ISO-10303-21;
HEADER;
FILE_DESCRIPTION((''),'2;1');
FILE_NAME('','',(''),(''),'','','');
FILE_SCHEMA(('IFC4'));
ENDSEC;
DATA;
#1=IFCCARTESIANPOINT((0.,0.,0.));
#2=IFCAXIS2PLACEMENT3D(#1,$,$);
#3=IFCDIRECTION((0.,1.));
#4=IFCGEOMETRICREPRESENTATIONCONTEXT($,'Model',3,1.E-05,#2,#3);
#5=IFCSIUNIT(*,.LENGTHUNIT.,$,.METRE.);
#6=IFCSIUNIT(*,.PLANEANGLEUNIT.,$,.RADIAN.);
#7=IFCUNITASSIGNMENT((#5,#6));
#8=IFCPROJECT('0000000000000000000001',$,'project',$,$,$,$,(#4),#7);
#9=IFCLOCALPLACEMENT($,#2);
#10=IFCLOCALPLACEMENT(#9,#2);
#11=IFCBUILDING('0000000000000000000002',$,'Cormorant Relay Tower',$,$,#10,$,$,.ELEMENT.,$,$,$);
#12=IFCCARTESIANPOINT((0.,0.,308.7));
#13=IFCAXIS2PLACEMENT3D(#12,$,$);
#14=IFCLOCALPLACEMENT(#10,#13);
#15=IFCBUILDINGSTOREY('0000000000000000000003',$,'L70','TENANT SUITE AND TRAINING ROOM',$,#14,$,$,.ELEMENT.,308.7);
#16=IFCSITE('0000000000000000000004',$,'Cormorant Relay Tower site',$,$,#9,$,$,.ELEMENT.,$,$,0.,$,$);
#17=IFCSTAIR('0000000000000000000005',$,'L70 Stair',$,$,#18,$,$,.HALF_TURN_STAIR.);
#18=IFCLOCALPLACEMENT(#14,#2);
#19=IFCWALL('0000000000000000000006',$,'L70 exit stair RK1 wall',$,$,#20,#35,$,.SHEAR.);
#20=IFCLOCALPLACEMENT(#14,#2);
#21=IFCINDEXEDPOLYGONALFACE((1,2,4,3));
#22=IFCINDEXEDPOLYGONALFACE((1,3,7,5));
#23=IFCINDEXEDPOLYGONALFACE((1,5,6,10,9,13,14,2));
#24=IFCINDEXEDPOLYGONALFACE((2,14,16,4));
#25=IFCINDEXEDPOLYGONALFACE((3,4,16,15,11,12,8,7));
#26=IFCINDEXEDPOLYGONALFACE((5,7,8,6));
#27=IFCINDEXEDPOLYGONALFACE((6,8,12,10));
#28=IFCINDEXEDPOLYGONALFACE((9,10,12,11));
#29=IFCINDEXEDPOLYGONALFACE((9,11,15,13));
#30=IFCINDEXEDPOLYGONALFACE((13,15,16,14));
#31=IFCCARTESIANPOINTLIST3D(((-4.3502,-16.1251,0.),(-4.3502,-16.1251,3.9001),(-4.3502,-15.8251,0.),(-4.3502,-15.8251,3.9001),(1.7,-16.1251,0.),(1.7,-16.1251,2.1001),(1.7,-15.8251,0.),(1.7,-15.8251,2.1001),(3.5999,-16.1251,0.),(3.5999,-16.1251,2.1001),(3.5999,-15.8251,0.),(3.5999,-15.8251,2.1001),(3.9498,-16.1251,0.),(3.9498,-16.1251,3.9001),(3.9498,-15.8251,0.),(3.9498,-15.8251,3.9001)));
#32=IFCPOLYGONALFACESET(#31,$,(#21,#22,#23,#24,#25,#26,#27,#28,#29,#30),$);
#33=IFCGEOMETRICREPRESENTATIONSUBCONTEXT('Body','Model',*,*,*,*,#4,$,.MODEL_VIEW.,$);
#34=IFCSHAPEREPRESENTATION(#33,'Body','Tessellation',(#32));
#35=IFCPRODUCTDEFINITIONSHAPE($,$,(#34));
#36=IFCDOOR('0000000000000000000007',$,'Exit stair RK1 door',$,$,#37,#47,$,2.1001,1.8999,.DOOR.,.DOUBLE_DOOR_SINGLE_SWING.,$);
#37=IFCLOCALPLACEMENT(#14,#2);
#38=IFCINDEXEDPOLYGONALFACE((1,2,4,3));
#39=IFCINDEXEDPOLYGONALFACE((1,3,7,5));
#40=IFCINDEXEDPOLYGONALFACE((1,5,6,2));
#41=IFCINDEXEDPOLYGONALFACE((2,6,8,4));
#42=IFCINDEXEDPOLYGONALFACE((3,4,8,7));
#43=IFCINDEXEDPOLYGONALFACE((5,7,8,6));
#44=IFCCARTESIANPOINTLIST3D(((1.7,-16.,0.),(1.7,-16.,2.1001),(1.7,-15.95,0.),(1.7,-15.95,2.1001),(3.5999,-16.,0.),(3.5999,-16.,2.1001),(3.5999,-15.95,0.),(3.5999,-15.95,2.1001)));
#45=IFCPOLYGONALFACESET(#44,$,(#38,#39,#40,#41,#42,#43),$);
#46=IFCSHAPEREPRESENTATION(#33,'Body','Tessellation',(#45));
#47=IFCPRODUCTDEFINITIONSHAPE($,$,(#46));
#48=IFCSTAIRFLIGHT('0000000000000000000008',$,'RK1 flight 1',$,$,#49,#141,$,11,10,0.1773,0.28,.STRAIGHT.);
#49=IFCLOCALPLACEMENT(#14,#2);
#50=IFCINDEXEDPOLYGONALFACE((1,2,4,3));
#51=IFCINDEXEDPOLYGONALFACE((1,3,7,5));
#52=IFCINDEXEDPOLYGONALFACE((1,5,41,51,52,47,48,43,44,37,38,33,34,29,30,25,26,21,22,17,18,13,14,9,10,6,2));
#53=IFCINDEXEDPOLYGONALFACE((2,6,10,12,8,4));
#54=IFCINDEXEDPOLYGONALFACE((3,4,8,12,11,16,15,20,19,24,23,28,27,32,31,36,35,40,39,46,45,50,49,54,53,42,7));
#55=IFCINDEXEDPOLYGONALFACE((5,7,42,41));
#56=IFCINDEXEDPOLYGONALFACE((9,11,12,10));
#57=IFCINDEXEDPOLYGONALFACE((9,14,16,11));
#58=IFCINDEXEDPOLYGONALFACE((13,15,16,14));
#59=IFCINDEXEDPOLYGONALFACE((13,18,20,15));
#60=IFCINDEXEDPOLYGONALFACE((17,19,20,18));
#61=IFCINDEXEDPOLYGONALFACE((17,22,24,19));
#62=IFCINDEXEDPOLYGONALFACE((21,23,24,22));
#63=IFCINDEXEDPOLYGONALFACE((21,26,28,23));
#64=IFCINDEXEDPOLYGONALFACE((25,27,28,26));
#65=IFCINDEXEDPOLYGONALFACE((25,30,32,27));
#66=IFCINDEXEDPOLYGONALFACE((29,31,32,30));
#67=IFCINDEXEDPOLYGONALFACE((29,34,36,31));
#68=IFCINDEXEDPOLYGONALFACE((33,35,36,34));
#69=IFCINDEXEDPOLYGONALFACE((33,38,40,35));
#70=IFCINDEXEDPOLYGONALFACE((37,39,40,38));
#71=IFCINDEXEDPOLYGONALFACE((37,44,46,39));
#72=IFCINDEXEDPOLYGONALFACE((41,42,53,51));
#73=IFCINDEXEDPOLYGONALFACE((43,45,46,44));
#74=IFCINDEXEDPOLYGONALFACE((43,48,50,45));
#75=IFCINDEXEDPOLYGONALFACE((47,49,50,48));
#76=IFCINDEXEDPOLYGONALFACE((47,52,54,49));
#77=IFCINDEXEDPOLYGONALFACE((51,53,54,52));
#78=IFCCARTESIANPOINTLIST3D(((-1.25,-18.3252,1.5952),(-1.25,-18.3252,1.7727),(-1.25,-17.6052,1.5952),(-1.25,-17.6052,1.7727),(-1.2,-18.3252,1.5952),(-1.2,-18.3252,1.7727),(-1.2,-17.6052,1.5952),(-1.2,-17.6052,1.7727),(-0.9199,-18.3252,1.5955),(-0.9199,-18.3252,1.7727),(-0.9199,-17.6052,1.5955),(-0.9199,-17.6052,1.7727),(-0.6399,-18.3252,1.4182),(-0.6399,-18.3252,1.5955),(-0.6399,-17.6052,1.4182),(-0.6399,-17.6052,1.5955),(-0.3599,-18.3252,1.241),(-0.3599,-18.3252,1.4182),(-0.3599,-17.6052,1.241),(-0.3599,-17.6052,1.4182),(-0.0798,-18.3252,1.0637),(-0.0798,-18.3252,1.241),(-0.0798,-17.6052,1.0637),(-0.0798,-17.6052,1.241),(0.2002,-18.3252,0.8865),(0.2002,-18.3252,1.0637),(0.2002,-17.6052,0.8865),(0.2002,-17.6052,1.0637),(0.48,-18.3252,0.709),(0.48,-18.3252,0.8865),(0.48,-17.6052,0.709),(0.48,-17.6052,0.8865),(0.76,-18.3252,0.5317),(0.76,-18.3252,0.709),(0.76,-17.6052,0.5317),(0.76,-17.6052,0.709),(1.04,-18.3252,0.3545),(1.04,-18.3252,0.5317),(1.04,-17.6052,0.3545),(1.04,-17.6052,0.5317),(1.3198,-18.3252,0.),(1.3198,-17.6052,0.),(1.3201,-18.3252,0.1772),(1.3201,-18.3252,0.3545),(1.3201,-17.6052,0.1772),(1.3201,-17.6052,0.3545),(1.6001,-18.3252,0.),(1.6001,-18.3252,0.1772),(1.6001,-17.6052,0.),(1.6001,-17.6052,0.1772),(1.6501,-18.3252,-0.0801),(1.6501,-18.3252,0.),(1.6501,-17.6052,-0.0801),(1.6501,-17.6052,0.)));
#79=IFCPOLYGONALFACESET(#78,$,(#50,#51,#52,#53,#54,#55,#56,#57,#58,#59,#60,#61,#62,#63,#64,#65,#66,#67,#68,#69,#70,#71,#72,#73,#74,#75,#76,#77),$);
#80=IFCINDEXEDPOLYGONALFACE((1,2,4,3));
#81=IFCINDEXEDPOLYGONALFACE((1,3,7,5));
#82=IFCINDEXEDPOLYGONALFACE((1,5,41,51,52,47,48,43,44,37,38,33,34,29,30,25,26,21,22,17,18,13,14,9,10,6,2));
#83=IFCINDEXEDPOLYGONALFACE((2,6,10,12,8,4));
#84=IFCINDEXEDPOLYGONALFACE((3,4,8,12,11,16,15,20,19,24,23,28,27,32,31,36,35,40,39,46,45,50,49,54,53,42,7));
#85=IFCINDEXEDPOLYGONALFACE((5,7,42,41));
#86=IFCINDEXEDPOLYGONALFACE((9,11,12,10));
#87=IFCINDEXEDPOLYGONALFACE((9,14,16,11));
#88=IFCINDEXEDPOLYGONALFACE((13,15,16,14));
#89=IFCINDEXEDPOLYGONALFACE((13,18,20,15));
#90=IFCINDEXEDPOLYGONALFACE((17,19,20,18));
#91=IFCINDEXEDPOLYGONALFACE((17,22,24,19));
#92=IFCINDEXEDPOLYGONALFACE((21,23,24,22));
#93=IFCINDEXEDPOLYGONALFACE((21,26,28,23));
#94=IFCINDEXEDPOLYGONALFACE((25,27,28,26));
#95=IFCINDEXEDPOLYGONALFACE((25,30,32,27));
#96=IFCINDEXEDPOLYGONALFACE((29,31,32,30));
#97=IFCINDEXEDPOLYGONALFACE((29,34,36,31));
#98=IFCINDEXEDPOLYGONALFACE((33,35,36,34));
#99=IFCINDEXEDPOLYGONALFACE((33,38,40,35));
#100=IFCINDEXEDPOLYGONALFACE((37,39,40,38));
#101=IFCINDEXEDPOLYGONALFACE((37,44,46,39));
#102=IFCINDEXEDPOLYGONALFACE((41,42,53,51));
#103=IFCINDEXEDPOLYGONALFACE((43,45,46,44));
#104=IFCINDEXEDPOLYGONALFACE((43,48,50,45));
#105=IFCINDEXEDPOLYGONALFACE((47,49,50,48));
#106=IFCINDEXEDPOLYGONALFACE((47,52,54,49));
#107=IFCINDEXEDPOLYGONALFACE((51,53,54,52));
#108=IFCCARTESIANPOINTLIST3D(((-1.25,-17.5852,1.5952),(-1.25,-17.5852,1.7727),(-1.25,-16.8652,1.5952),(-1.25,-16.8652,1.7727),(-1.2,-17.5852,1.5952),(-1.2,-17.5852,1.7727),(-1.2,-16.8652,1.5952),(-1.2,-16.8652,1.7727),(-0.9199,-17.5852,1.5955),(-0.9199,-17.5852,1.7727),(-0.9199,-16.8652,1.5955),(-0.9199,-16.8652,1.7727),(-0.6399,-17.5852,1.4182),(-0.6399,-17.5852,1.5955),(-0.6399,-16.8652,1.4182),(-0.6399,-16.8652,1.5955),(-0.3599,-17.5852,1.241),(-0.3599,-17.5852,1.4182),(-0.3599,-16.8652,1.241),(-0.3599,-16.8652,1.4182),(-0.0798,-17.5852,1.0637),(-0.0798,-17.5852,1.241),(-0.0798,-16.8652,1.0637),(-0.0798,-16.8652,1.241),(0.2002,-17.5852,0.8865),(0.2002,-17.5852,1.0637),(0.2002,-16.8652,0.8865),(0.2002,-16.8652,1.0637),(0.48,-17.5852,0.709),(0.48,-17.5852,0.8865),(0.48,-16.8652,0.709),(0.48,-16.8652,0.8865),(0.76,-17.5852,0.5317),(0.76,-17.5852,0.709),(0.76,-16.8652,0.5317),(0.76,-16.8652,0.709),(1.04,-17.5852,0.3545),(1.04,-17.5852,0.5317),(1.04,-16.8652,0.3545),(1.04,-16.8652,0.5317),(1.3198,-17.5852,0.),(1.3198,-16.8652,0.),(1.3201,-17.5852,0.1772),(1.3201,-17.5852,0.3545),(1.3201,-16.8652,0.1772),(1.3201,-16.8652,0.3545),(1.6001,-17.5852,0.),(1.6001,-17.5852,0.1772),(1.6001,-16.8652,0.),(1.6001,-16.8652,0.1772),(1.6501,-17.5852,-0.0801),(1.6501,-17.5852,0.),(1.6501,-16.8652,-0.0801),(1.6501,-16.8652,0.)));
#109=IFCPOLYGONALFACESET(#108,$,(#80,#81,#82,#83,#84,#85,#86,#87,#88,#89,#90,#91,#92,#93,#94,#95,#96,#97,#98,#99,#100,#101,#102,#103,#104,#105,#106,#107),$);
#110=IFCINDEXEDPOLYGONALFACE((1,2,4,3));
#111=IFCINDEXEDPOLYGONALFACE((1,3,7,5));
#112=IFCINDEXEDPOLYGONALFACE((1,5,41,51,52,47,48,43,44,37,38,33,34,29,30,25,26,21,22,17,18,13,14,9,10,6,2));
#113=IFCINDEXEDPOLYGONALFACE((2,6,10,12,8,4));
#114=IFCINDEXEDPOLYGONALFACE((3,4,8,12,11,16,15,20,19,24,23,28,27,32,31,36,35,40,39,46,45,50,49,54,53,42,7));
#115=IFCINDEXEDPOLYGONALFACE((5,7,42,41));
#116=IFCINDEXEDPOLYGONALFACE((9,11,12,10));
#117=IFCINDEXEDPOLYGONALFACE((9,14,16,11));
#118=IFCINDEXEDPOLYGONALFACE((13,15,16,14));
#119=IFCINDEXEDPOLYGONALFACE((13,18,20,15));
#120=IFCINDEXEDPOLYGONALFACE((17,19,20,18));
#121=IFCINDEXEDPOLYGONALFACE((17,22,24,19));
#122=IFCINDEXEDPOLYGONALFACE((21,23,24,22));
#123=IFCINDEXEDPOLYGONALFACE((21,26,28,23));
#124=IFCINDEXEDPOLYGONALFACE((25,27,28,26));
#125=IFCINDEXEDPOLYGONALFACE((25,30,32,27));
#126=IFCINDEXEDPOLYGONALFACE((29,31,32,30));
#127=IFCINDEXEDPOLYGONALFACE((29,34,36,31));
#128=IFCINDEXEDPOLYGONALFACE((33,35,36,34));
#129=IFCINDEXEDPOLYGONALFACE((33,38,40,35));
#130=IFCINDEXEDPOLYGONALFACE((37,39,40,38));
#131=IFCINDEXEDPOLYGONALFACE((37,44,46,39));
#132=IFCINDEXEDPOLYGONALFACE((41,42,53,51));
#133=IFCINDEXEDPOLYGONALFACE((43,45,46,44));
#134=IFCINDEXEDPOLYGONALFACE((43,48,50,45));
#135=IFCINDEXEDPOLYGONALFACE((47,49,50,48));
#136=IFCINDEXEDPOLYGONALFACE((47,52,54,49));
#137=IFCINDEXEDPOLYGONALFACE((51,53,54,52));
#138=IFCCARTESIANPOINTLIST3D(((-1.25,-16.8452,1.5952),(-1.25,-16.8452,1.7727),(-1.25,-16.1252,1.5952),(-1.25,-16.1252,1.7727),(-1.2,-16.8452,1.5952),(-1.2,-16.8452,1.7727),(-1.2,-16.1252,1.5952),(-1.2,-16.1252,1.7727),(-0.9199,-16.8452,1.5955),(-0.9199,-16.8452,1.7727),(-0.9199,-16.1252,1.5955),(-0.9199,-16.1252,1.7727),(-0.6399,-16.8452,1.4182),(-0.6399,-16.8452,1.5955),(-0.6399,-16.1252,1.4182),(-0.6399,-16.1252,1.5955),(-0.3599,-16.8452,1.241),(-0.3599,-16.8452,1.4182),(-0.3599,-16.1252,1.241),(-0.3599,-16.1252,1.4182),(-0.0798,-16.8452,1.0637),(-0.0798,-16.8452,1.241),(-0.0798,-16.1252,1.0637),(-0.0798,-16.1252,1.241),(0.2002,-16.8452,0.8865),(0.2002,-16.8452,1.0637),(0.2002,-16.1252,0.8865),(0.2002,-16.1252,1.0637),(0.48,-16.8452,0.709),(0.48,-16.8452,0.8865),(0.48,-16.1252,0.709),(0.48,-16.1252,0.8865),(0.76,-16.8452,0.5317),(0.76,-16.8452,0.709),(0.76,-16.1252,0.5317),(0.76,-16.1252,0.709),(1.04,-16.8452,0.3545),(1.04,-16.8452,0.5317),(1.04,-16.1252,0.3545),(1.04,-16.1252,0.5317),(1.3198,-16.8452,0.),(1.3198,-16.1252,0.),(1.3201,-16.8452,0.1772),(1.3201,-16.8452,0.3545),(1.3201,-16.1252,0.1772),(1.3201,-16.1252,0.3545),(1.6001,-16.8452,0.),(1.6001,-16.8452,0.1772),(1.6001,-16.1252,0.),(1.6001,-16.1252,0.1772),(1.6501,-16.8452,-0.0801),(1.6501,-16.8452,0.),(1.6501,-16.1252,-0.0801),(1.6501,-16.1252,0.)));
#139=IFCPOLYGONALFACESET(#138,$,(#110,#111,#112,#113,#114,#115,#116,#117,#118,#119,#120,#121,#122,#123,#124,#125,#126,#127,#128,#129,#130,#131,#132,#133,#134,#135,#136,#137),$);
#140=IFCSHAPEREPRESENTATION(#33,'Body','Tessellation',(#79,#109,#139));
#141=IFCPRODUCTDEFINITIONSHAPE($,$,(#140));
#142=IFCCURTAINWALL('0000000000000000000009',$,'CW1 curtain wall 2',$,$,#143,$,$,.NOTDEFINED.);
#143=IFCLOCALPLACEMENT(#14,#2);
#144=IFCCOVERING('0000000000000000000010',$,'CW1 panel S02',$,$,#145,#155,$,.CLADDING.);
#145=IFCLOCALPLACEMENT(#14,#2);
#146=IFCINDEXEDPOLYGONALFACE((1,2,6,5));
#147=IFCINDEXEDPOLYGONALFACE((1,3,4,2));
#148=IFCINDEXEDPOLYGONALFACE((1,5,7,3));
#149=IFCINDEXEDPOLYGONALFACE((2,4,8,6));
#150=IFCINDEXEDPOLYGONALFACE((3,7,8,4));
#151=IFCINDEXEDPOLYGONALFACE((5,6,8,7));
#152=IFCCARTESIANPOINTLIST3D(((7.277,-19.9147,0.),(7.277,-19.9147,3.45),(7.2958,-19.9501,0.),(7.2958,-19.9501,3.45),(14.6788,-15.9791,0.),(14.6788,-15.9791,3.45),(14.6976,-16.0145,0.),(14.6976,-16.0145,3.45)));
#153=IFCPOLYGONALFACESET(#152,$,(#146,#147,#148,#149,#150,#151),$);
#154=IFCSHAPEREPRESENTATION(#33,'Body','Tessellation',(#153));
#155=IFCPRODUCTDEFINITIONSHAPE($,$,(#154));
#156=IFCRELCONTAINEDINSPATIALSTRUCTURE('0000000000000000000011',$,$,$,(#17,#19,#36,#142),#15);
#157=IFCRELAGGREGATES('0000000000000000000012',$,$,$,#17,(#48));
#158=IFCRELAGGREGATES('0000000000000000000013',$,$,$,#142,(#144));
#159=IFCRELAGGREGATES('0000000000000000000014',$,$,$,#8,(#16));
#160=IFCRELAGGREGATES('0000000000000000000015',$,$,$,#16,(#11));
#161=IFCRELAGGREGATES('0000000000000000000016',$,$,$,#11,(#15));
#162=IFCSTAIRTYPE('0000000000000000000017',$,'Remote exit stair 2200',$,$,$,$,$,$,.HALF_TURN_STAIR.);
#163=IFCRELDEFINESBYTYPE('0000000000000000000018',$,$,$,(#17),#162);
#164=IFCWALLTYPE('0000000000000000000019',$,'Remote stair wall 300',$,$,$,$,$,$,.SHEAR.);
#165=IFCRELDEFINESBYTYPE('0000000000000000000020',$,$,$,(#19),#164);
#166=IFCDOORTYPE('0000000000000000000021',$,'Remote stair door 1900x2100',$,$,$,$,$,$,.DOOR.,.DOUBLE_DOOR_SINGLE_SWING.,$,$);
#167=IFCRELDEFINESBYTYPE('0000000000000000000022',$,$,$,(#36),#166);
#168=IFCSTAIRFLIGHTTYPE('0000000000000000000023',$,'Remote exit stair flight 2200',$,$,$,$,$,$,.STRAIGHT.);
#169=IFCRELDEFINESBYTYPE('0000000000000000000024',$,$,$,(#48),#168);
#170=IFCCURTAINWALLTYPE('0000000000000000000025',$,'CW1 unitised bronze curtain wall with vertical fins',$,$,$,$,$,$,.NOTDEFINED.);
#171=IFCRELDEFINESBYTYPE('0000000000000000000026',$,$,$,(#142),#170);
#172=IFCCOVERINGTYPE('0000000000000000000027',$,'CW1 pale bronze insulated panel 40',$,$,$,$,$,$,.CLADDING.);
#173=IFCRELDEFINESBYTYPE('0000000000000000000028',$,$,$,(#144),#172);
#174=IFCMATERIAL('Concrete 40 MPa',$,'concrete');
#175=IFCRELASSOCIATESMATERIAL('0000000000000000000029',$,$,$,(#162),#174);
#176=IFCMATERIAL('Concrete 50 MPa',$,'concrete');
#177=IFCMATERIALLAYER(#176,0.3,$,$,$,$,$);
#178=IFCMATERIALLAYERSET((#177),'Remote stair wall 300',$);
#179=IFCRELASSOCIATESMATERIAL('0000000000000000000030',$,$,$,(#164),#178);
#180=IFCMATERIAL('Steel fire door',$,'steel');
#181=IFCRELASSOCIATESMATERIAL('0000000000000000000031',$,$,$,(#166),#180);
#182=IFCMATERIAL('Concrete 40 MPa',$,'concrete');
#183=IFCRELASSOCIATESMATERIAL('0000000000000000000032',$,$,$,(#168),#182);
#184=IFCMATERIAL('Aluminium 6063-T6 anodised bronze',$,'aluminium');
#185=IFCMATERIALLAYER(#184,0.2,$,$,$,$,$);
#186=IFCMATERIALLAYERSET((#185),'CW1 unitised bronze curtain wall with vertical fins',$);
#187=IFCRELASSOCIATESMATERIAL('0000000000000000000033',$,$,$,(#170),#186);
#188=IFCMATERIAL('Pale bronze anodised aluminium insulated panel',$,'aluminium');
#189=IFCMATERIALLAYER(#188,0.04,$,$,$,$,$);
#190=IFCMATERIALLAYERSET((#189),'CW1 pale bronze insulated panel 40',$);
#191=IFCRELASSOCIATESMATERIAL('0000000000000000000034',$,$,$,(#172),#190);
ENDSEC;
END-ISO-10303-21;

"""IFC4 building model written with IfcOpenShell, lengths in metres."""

from ifc_helpers import new_model, si_unit, direction, frame, frame_2d, origin, origin_2d, place, context, subcontext, project, spatial, polyline, rectangle, outline, extrude, material, layer, layer_set, type_object, element, fill, aggregate, save


model = new_model("IFC4")

# Units and contexts
model_context = context("Model", 3, precision=1e-05, world=origin(), true_north=direction((0.0, 1.0)))
body_context = subcontext(model_context, "Body", "Model", "MODEL_VIEW")
ifc_project = project(units=[si_unit("LENGTHUNIT", "METRE"), si_unit("PLANEANGLEUNIT", "RADIAN")], contexts=[model_context])

# Site, building, storey
site_placement = place(None, origin())
site = spatial("IfcSite", under=ifc_project, at=site_placement, Name="Cormorant Relay Tower site", CompositionType="ELEMENT", RefElevation=0.0)
building_placement = place(site_placement, origin())
building = spatial("IfcBuilding", under=site, at=building_placement, Name="Cormorant Relay Tower", CompositionType="ELEMENT")
storey_placement = place(building_placement, frame((0.0, 0.0, 308.7)))
storey = spatial("IfcBuildingStorey", under=building, at=storey_placement, Name="L70", Description="TENANT SUITE AND TRAINING ROOM", CompositionType="ELEMENT", Elevation=308.7)

# Stair
ifc_material_1 = material(Name="Concrete 40 MPa", Category="concrete")
stair_type_1 = type_object("IfcStairType", Name="Remote exit stair 2200", PredefinedType="HALF_TURN_STAIR", material=ifc_material_1)
stair_1_placement = place(storey_placement, origin())
stair_1 = element("IfcStair", 1, at=stair_1_placement, inside=storey, type_object=stair_type_1, Name="L70 Stair", PredefinedType="HALF_TURN_STAIR")

# Shared definitions
ifc_material_2 = material(Name="Concrete 50 MPa", Category="concrete")
ifc_layer_1 = layer(ifc_material_2, 0.3)
ifc_layer_set_1 = layer_set([ifc_layer_1], Name="Remote stair wall 300")
wall_type_1 = type_object("IfcWallType", Name="Remote stair wall 300", PredefinedType="SHEAR", material=ifc_layer_set_1)

# Wall, opening, door
wall_1_placement = place(storey_placement, frame((-4.3501, -15.9751, 0.0), z_axis=(0.0, 0.0, 1.0), x_axis=(1.0, 0.0, 0.0)))
wall_1 = element("IfcWall", 2, at=wall_1_placement, inside=storey, type_object=wall_type_1, Name="L70 exit stair RK1 wall", PredefinedType="SHEAR", context=body_context, shape_type="SweptSolid", body=[
    extrude(rectangle(XDim=8.3, YDim=0.3, at=frame_2d((4.1499, 0.0))), origin(), (0.0, 0.0, 1.0), 3.9001),
])
opening_1_placement = place(wall_1_placement, frame((6.05, 0.0, 0.0)))
opening_1 = element("IfcOpeningElement", 3, at=opening_1_placement, cuts=wall_1, PredefinedType="OPENING", context=body_context, shape_type="SweptSolid", body=[
    extrude(rectangle(XDim=1.8999, YDim=2.1001, at=frame_2d((0.95, 1.05))), frame((0.0, 0.1599, 0.0), z_axis=(0.0, -1.0, 0.0), x_axis=(1.0, 0.0, 0.0)), (0.0, 0.0, 1.0), 0.3201),
])
ifc_material_3 = material(Name="Steel fire door", Category="steel")
door_type_1 = type_object("IfcDoorType", Name="Remote stair door 1900x2100", OperationType="DOUBLE_DOOR_SINGLE_SWING", PredefinedType="DOOR", material=ifc_material_3)
door_1_placement = place(opening_1_placement, frame((1.8999, 0.0, 0.0), z_axis=(0.0, 0.0, 1.0), x_axis=(-1.0, 0.0, 0.0)))
door_1 = element("IfcDoor", 4, at=door_1_placement, inside=storey, type_object=door_type_1, Name="Exit stair RK1 door", OperationType="DOUBLE_DOOR_SINGLE_SWING", OverallHeight=2.1001, OverallWidth=1.8999, PredefinedType="DOOR", context=body_context, shape_type="SweptSolid", body=[
    extrude(rectangle(XDim=1.8999, YDim=2.1001, at=frame_2d((0.95, 1.05))), frame((0.0, 0.0249, 0.0), z_axis=(0.0, -1.0, 0.0), x_axis=(1.0, 0.0, 0.0)), (0.0, 0.0, 1.0), 0.05),
])
fill(opening_1, door_1)

# Stair flight
ifc_material_4 = material(Name="Concrete 40 MPa", Category="concrete")
stair_flight_type = type_object("IfcStairFlightType", Name="Remote exit stair flight 2200", PredefinedType="STRAIGHT", material=ifc_material_4)
stair_flight_placement = place(storey_placement, frame((1.6001, -17.2251, 0.0), z_axis=(0.0, 0.0, 1.0), x_axis=(-1.0, 0.0, 0.0)))
stair_flight = element("IfcStairFlight", 5, at=stair_flight_placement, type_object=stair_flight_type, Name="RK1 flight 1", NumberOfRisers=11, NumberOfTreads=10, PredefinedType="STRAIGHT", RiserHeight=0.1773, TreadLength=0.28, context=body_context, shape_type="SweptSolid", body=[
    extrude(outline(polyline([(-0.05, -0.0801), (-0.05, 0.0), (0.0, 0.0), (0.0, 0.1772), (0.28, 0.1772), (0.28, 0.3545), (0.5601, 0.3545), (0.5601, 0.5317), (0.8401, 0.5317), (0.8401, 0.709), (1.1201, 0.709), (1.1201, 0.8865), (1.3999, 0.8865), (1.3999, 1.0637), (1.6799, 1.0637), (1.6799, 1.241), (1.96, 1.241), (1.96, 1.4182), (2.24, 1.4182), (2.24, 1.5955), (2.52, 1.5955), (2.52, 1.7727), (2.8, 1.7727), (2.8501, 1.7727), (2.8501, 1.5952), (2.8, 1.5952), (0.2803, 0.0), (-0.05, -0.0801)])), frame((0.0, 1.1001, 0.0), z_axis=(0.0, -1.0, 0.0), x_axis=(1.0, 0.0, 0.0)), (0.0, 0.0, 1.0), 0.72),
    extrude(outline(polyline([(-0.05, -0.0801), (-0.05, 0.0), (0.0, 0.0), (0.0, 0.1772), (0.28, 0.1772), (0.28, 0.3545), (0.5601, 0.3545), (0.5601, 0.5317), (0.8401, 0.5317), (0.8401, 0.709), (1.1201, 0.709), (1.1201, 0.8865), (1.3999, 0.8865), (1.3999, 1.0637), (1.6799, 1.0637), (1.6799, 1.241), (1.96, 1.241), (1.96, 1.4182), (2.24, 1.4182), (2.24, 1.5955), (2.52, 1.5955), (2.52, 1.7727), (2.8, 1.7727), (2.8501, 1.7727), (2.8501, 1.5952), (2.8, 1.5952), (0.2803, 0.0), (-0.05, -0.0801)])), frame((0.0, 0.3601, 0.0), z_axis=(0.0, -1.0, 0.0), x_axis=(1.0, 0.0, 0.0)), (0.0, 0.0, 1.0), 0.72),
    extrude(outline(polyline([(-0.05, -0.0801), (-0.05, 0.0), (0.0, 0.0), (0.0, 0.1772), (0.28, 0.1772), (0.28, 0.3545), (0.5601, 0.3545), (0.5601, 0.5317), (0.8401, 0.5317), (0.8401, 0.709), (1.1201, 0.709), (1.1201, 0.8865), (1.3999, 0.8865), (1.3999, 1.0637), (1.6799, 1.0637), (1.6799, 1.241), (1.96, 1.241), (1.96, 1.4182), (2.24, 1.4182), (2.24, 1.5955), (2.52, 1.5955), (2.52, 1.7727), (2.8, 1.7727), (2.8501, 1.7727), (2.8501, 1.5952), (2.8, 1.5952), (0.2803, 0.0), (-0.05, -0.0801)])), frame((0.0, -0.3799, 0.0), z_axis=(0.0, -1.0, 0.0), x_axis=(1.0, 0.0, 0.0)), (0.0, 0.0, 1.0), 0.72),
])
aggregate(stair_1, [stair_flight])

# Curtain wall, covering
ifc_material_5 = material(Name="Aluminium 6063-T6 anodised bronze", Category="aluminium")
ifc_layer_2 = layer(ifc_material_5, 0.2)
ifc_layer_set_2 = layer_set([ifc_layer_2], Name="CW1 unitised bronze curtain wall with vertical fins")
curtain_wall_type = type_object("IfcCurtainWallType", Name="CW1 unitised bronze curtain wall with vertical fins", PredefinedType="NOTDEFINED", material=ifc_layer_set_2)
curtain_wall_placement = place(storey_placement, origin())
curtain_wall = element("IfcCurtainWall", 6, at=curtain_wall_placement, inside=storey, type_object=curtain_wall_type, Name="CW1 curtain wall 2", PredefinedType="NOTDEFINED")
ifc_material_6 = material(Name="Pale bronze anodised aluminium insulated panel", Category="aluminium")
ifc_layer_3 = layer(ifc_material_6, 0.04)
ifc_layer_set_3 = layer_set([ifc_layer_3], Name="CW1 pale bronze insulated panel 40")
covering_type = type_object("IfcCoveringType", Name="CW1 pale bronze insulated panel 40", PredefinedType="CLADDING", material=ifc_layer_set_3)
covering_placement = place(storey_placement, frame((10.9873, -17.9646, 0.0), z_axis=(0.0, 0.0, 1.0), x_axis=(0.882948, 0.469472, 0.0)))
covering = element("IfcCovering", 7, at=covering_placement, type_object=covering_type, Name="CW1 panel S02", PredefinedType="CLADDING", context=body_context, shape_type="SweptSolid", body=[
    extrude(rectangle(XDim=8.3831, YDim=0.04, at=origin_2d()), origin(), (0.0, 0.0, 1.0), 3.45),
])
aggregate(curtain_wall, [covering])

save(model, "model.ifc")
